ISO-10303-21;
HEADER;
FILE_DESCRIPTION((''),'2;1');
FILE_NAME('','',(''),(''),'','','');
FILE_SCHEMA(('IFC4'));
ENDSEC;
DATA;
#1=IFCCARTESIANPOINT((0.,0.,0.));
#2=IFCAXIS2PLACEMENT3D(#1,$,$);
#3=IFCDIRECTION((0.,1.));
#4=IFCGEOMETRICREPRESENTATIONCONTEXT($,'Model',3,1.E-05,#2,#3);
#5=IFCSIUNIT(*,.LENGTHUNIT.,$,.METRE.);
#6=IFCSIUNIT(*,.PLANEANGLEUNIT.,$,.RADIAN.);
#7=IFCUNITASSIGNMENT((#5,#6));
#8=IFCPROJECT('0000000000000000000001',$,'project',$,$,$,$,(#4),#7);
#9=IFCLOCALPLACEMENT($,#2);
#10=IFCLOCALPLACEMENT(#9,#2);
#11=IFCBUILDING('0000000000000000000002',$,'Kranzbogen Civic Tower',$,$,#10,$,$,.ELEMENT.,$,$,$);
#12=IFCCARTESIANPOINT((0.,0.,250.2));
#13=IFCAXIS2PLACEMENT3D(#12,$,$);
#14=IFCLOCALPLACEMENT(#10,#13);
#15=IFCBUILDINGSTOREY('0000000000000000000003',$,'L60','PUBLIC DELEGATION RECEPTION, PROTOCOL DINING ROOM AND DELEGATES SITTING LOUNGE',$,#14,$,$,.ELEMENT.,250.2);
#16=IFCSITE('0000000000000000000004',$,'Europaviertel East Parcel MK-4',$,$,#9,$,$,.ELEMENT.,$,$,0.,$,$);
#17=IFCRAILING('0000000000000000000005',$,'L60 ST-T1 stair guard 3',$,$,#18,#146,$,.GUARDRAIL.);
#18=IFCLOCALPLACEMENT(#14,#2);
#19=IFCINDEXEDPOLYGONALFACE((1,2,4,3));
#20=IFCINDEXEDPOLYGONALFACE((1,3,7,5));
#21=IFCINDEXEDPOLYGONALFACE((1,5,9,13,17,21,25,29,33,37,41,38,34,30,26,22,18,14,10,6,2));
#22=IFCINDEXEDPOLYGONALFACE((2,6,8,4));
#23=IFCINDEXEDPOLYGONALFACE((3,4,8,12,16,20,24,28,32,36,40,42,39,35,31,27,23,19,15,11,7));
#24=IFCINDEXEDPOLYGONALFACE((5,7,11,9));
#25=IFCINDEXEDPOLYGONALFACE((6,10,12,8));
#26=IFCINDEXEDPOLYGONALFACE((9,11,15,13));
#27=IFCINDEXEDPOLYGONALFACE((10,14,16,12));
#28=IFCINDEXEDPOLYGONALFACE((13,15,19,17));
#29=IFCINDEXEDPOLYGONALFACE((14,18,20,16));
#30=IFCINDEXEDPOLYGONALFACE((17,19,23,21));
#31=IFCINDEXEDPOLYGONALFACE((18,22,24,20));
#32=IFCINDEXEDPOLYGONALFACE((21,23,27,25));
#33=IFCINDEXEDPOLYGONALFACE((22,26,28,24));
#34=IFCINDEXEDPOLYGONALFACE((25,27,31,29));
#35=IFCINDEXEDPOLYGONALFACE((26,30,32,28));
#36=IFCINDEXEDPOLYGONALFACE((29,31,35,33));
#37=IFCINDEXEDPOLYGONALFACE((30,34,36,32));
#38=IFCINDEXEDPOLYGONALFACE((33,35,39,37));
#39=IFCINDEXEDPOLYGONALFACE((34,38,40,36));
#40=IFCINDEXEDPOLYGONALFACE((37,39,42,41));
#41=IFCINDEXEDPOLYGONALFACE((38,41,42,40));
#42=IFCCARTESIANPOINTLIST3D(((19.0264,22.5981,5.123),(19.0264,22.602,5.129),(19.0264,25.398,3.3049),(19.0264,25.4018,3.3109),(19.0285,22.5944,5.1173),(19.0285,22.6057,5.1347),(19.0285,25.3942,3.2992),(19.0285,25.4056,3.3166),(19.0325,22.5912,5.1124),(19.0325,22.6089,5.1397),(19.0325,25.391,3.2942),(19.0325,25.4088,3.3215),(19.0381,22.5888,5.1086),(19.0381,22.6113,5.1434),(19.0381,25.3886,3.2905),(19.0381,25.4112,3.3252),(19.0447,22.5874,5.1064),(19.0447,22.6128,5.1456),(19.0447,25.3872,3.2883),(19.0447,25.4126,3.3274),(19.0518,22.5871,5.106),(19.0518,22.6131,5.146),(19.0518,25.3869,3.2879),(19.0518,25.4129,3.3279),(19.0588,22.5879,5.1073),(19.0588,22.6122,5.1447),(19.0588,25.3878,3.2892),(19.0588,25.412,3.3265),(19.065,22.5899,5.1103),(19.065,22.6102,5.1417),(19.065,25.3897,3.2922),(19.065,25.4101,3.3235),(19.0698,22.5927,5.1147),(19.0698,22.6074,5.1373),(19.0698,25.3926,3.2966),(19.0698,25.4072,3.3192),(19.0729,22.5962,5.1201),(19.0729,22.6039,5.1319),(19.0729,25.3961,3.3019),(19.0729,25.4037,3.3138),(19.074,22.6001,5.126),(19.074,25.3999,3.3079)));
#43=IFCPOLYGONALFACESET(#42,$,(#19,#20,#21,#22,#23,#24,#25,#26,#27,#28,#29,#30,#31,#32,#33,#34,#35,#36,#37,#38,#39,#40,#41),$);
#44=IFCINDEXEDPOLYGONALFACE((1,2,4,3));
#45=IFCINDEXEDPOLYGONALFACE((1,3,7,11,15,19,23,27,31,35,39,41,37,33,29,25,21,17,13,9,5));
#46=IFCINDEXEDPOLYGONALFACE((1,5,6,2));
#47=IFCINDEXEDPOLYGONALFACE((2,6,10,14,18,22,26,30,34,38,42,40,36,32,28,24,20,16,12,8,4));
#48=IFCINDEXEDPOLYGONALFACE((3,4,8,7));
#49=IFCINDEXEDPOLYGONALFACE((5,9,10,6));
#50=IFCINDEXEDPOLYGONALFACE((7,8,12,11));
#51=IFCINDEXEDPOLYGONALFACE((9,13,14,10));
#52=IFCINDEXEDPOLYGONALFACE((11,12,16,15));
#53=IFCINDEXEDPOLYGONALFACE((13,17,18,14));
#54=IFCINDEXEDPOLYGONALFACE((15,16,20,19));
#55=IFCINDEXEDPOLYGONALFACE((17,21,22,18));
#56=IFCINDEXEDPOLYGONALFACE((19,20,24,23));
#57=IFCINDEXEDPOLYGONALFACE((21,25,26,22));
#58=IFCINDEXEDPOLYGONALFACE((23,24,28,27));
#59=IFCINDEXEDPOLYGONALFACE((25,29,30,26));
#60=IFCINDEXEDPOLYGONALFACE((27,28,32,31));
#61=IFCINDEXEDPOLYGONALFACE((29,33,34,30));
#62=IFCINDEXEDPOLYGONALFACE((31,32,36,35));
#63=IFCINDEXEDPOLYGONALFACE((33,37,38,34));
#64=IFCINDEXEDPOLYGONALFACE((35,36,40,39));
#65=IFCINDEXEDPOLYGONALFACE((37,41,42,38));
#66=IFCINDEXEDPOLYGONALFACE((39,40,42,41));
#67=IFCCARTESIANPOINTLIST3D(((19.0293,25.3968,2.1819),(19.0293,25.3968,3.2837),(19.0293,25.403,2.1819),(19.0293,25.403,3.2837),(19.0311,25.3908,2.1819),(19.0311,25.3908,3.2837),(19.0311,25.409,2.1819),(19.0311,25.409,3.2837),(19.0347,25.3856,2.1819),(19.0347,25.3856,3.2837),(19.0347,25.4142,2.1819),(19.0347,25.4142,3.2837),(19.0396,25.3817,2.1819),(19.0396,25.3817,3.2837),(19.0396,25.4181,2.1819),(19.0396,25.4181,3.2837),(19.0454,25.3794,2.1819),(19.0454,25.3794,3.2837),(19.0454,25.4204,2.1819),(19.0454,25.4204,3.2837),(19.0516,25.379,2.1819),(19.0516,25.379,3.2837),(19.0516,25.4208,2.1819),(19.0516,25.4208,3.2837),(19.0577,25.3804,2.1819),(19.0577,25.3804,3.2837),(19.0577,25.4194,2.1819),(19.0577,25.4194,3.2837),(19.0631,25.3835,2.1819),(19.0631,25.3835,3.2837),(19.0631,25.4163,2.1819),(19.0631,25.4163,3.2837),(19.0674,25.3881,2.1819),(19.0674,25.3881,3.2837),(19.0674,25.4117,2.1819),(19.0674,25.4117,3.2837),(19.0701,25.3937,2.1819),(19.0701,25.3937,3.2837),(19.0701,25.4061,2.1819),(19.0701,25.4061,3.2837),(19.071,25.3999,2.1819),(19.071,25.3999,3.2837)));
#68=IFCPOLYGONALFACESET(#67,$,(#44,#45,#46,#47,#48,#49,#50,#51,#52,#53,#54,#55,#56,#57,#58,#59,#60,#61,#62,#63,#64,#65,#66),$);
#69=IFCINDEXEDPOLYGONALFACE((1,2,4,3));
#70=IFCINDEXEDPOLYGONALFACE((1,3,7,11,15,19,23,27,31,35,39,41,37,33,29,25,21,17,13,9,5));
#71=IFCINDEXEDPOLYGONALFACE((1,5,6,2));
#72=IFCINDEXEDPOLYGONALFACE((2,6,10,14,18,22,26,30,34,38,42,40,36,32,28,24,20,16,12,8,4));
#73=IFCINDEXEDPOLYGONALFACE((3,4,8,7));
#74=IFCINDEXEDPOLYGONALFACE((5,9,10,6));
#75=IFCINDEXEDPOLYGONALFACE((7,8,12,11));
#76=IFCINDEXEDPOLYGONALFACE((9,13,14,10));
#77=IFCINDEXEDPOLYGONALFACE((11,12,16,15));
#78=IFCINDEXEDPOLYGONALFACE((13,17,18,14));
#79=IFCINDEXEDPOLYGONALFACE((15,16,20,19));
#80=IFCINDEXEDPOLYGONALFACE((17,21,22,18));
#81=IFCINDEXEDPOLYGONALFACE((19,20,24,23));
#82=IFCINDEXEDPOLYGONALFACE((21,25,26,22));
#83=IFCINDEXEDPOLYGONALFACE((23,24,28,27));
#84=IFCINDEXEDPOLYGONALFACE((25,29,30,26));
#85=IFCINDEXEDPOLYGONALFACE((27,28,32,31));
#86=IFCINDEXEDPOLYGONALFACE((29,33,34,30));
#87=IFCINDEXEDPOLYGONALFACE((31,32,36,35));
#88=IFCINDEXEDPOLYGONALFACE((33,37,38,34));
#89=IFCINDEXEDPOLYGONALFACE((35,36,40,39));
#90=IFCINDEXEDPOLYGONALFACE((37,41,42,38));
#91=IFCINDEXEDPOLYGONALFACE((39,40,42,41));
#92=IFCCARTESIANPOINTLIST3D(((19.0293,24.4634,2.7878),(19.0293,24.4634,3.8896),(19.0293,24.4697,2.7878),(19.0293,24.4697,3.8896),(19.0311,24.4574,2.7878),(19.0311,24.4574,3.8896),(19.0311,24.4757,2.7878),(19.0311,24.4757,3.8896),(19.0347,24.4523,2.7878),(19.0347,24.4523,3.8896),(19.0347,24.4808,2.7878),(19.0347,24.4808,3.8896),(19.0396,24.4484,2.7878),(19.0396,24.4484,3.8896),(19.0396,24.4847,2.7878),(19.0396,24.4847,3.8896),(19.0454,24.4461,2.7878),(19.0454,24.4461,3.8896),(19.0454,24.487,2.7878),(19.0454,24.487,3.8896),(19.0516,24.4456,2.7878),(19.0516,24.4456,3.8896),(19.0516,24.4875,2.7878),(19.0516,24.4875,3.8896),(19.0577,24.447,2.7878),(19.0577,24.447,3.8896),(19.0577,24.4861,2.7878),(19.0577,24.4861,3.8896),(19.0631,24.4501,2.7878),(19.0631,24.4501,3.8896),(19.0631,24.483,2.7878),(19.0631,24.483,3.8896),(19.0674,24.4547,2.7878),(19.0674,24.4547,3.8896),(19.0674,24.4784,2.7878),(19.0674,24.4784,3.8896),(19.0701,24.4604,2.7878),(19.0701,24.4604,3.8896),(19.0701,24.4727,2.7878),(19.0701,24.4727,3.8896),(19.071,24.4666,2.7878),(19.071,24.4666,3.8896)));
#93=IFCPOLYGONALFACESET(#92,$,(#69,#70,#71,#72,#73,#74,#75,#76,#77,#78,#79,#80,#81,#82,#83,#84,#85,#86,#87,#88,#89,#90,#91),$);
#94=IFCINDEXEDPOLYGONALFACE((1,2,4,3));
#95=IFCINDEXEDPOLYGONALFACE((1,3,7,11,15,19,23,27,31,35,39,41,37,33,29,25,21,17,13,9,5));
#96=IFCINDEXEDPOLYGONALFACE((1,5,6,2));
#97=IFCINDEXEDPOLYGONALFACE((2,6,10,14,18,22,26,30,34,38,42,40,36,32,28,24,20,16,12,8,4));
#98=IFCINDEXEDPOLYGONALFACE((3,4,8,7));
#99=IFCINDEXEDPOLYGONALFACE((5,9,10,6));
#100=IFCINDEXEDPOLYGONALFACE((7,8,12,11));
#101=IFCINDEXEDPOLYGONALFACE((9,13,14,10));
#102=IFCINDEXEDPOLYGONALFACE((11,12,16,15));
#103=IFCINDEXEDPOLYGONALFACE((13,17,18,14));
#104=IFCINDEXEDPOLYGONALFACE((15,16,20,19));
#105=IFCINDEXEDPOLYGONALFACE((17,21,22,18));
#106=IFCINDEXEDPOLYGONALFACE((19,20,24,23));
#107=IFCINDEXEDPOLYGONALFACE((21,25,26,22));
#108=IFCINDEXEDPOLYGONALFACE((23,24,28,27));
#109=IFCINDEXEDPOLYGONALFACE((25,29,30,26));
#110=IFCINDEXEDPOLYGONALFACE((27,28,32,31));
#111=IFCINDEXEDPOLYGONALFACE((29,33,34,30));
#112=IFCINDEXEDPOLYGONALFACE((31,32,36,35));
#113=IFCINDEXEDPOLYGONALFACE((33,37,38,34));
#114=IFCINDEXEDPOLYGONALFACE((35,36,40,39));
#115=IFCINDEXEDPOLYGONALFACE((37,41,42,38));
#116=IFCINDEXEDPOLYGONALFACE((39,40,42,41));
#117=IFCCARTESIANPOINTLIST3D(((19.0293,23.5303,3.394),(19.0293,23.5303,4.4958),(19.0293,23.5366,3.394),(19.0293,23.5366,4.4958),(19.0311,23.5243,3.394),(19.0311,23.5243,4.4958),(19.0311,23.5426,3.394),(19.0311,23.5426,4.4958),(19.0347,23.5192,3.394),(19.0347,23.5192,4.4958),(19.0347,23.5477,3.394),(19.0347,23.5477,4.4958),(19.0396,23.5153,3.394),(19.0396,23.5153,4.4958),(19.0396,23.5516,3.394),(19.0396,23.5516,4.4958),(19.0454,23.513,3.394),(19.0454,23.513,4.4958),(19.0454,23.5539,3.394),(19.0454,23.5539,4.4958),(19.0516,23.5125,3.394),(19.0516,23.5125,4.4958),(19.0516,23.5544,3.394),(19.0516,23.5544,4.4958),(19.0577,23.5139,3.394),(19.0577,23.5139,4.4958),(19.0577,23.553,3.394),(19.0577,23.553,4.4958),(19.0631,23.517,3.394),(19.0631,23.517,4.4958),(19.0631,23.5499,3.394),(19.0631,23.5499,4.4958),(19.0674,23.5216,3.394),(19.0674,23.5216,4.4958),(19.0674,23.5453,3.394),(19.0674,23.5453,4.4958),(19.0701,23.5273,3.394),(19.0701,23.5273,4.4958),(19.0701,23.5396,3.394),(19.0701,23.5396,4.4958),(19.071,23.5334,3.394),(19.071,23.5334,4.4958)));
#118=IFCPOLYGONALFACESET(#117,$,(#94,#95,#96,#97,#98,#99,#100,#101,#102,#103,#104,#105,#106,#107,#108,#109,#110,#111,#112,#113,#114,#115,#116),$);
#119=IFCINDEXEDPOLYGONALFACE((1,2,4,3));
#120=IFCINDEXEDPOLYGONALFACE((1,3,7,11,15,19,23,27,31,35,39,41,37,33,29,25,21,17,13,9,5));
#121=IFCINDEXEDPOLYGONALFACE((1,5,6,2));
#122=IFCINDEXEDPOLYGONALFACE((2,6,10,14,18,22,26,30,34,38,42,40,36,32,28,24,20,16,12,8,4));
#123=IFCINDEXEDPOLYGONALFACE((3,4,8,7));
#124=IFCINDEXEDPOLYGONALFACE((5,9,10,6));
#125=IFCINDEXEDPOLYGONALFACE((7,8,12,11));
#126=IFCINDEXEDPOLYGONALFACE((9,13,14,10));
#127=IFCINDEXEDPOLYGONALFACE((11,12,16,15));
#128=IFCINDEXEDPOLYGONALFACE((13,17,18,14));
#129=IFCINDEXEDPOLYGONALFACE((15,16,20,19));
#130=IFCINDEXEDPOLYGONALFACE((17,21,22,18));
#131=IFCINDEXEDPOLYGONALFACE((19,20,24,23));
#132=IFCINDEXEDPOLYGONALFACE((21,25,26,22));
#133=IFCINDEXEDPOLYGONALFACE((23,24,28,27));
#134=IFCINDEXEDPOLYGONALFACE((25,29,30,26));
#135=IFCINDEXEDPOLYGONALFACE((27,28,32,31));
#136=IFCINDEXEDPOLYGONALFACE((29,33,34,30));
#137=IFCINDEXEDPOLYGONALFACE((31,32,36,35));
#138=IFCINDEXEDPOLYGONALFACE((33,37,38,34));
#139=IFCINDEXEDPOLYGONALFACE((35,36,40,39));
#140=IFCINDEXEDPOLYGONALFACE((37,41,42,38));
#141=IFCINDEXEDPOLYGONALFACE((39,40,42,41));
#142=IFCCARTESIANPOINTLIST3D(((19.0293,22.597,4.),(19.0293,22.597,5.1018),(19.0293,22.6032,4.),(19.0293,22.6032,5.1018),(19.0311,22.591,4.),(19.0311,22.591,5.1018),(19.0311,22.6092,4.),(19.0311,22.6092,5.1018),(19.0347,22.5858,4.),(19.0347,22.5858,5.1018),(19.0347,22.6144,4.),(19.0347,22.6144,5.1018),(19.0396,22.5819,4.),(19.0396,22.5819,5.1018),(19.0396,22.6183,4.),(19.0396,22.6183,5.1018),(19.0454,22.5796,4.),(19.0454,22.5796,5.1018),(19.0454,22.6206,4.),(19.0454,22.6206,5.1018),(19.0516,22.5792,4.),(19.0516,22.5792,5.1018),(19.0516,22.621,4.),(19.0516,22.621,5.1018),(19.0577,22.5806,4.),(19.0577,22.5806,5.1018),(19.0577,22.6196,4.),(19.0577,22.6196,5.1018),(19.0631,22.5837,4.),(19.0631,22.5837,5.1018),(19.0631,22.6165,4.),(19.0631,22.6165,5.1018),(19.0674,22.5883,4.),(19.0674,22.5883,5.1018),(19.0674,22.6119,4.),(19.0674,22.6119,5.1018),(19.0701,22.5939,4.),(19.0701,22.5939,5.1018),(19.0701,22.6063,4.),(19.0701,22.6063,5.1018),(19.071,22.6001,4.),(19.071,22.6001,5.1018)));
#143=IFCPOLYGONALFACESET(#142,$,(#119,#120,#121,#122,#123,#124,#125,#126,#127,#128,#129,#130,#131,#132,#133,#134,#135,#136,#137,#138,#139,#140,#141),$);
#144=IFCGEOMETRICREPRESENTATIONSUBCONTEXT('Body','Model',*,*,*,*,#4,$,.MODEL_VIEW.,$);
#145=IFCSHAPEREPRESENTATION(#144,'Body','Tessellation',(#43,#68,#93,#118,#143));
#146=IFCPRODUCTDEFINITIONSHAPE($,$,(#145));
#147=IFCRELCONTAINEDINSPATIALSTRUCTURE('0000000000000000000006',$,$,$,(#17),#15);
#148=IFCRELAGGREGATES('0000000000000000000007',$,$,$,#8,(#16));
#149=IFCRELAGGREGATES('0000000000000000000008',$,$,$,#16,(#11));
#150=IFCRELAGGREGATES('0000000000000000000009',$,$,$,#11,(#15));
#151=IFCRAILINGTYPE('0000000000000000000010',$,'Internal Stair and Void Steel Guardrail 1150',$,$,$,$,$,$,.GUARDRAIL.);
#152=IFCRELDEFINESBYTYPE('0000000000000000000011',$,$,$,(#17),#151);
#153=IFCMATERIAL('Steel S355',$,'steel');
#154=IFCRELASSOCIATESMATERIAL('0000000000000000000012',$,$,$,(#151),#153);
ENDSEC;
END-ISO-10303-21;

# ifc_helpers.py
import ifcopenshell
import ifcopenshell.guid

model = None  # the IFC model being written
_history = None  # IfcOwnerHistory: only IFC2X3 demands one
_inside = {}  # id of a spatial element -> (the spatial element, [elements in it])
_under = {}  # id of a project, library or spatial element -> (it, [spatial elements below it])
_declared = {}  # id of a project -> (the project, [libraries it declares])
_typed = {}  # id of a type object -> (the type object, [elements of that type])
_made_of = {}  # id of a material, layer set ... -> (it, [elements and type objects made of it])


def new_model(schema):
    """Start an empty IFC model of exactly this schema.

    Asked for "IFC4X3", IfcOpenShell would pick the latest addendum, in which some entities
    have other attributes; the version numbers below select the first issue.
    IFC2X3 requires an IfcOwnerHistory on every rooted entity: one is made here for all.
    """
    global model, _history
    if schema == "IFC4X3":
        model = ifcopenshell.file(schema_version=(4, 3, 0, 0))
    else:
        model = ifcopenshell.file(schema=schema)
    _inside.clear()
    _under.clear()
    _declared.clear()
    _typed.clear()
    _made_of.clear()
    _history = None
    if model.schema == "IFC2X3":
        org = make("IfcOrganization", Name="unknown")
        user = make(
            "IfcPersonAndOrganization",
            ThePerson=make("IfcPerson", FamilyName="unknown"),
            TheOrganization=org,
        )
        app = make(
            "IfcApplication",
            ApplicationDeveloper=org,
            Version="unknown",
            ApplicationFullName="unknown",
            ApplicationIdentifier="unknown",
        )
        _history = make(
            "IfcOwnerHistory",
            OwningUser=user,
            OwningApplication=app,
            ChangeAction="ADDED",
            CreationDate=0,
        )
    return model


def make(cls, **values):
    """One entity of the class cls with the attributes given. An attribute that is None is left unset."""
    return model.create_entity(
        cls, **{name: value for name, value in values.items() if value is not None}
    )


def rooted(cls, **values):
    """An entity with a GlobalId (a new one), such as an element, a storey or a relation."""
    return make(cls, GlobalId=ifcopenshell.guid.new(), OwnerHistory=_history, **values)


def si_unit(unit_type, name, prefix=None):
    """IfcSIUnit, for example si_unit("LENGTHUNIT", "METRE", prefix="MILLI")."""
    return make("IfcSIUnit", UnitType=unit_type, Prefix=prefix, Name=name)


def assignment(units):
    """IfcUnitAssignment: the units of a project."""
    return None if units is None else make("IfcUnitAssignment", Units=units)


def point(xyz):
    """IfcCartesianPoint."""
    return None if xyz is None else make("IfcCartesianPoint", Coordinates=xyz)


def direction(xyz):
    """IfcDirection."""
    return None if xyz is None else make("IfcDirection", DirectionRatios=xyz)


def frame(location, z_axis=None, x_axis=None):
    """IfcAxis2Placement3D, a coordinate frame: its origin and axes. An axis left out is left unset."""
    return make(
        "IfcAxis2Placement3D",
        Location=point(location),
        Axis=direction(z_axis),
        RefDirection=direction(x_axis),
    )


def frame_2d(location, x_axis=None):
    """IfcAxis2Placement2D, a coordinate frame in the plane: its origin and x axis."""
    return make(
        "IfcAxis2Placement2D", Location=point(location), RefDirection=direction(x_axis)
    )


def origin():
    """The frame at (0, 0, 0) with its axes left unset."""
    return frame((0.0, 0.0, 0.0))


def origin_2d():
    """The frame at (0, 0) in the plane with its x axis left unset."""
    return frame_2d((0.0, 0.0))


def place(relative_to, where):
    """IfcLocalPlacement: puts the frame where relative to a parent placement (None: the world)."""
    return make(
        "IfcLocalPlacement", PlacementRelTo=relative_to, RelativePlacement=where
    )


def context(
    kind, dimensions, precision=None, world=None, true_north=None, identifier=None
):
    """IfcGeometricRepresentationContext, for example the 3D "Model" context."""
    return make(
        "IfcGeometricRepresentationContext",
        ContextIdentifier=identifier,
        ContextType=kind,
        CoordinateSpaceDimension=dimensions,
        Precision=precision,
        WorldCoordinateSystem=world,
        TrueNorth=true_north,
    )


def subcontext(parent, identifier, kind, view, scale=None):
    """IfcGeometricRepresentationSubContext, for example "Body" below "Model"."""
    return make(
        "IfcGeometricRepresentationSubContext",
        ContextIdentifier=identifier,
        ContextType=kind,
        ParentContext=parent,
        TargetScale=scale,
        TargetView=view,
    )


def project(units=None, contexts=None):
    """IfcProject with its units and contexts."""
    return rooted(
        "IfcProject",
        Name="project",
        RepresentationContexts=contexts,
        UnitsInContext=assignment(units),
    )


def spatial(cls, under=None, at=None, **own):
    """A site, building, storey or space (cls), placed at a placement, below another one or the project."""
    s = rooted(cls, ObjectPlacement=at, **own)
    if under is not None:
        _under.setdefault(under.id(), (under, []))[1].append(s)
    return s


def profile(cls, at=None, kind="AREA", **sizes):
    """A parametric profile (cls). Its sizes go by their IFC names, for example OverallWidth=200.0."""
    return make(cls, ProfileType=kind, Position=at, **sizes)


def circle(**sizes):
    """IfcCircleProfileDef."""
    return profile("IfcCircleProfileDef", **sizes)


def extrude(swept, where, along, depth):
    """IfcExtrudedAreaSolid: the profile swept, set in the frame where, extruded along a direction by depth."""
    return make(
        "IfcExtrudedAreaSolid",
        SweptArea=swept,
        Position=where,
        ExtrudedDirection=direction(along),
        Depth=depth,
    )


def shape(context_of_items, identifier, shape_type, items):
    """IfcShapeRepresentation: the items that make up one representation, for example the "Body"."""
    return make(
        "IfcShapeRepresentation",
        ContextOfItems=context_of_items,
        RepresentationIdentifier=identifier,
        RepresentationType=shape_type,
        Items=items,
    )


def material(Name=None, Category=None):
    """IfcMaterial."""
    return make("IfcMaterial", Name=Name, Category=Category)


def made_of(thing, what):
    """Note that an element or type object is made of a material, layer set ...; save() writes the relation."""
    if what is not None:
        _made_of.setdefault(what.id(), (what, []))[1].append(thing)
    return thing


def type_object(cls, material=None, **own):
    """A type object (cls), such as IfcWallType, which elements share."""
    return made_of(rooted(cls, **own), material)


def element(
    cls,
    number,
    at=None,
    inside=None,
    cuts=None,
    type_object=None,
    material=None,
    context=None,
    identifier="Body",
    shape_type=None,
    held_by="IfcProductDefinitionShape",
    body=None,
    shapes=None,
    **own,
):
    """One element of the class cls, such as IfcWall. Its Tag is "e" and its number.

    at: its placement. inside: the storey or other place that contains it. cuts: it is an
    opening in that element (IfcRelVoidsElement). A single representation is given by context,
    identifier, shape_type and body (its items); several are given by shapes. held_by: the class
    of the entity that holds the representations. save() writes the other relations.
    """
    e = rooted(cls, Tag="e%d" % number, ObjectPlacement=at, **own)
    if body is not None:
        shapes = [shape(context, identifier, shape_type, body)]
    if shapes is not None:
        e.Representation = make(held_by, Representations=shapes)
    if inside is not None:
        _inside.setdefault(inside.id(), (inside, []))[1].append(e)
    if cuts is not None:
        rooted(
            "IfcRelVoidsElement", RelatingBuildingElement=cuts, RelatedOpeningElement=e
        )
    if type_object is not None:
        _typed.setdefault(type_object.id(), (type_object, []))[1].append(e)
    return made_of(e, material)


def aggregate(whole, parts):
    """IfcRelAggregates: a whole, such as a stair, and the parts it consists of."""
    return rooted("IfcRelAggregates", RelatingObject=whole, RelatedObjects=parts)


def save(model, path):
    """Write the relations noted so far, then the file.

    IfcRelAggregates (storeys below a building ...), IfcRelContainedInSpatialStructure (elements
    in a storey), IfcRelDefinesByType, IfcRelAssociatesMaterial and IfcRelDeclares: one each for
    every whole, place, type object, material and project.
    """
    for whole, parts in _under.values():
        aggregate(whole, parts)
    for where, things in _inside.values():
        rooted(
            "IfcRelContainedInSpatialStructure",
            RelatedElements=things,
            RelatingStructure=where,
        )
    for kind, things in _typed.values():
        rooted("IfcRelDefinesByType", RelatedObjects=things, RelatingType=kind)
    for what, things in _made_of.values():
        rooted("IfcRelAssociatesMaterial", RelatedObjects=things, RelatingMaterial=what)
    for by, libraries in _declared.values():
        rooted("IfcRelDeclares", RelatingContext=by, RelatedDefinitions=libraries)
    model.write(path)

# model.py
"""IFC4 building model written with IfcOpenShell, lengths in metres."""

from ifc_helpers import new_model, si_unit, direction, frame, origin, origin_2d, place, context, subcontext, project, spatial, circle, extrude, material, type_object, element, save


model = new_model("IFC4")

# Units and contexts
model_context = context("Model", 3, precision=1e-05, world=origin(), true_north=direction((0.0, 1.0)))
body_context = subcontext(model_context, "Body", "Model", "MODEL_VIEW")
ifc_project = project(units=[si_unit("LENGTHUNIT", "METRE"), si_unit("PLANEANGLEUNIT", "RADIAN")], contexts=[model_context])

# Site, building, storey
site_placement = place(None, origin())
site = spatial("IfcSite", under=ifc_project, at=site_placement, Name="Europaviertel East Parcel MK-4", CompositionType="ELEMENT", RefElevation=0.0)
building_placement = place(site_placement, origin())
building = spatial("IfcBuilding", under=site, at=building_placement, Name="Kranzbogen Civic Tower", CompositionType="ELEMENT")
storey_placement = place(building_placement, frame((0.0, 0.0, 250.2)))
storey = spatial("IfcBuildingStorey", under=building, at=storey_placement, Name="L60", Description="PUBLIC DELEGATION RECEPTION, PROTOCOL DINING ROOM AND DELEGATES SITTING LOUNGE", CompositionType="ELEMENT", Elevation=250.2)

# Shared definitions
ifc_material_1 = material(Name="Steel S355", Category="steel")

# Railing
railing_type_1 = type_object("IfcRailingType", Name="Internal Stair and Void Steel Guardrail 1150", PredefinedType="GUARDRAIL", material=ifc_material_1)
railing_1_placement = place(storey_placement, frame((19.05, 25.3999, 2.1819)))
element("IfcRailing", 1, at=railing_1_placement, inside=storey, type_object=railing_type_1, Name="L60 ST-T1 stair guard 3", PredefinedType="GUARDRAIL", context=body_context, shape_type="SweptSolid", body=[
    extrude(circle(Radius=0.0239, at=origin_2d()), frame((0.0, 0.0, 1.126), z_axis=(0.0, -0.838684, 0.544618), x_axis=(1.0, 0.0, 0.0)), (0.0, 0.0, 1.0), 3.3384),
    extrude(circle(Radius=0.021, at=origin_2d()), origin(), (0.0, 0.0, 1.0), 1.1018),
    extrude(circle(Radius=0.021, at=origin_2d()), frame((0.0, -0.9333, 0.606)), (0.0, 0.0, 1.0), 1.1018),
    extrude(circle(Radius=0.021, at=origin_2d()), frame((0.0, -1.8665, 1.2122)), (0.0, 0.0, 1.0), 1.1018),
    extrude(circle(Radius=0.021, at=origin_2d()), frame((0.0, -2.7998, 1.8181)), (0.0, 0.0, 1.0), 1.1018),
])

save(model, "model.ifc")
